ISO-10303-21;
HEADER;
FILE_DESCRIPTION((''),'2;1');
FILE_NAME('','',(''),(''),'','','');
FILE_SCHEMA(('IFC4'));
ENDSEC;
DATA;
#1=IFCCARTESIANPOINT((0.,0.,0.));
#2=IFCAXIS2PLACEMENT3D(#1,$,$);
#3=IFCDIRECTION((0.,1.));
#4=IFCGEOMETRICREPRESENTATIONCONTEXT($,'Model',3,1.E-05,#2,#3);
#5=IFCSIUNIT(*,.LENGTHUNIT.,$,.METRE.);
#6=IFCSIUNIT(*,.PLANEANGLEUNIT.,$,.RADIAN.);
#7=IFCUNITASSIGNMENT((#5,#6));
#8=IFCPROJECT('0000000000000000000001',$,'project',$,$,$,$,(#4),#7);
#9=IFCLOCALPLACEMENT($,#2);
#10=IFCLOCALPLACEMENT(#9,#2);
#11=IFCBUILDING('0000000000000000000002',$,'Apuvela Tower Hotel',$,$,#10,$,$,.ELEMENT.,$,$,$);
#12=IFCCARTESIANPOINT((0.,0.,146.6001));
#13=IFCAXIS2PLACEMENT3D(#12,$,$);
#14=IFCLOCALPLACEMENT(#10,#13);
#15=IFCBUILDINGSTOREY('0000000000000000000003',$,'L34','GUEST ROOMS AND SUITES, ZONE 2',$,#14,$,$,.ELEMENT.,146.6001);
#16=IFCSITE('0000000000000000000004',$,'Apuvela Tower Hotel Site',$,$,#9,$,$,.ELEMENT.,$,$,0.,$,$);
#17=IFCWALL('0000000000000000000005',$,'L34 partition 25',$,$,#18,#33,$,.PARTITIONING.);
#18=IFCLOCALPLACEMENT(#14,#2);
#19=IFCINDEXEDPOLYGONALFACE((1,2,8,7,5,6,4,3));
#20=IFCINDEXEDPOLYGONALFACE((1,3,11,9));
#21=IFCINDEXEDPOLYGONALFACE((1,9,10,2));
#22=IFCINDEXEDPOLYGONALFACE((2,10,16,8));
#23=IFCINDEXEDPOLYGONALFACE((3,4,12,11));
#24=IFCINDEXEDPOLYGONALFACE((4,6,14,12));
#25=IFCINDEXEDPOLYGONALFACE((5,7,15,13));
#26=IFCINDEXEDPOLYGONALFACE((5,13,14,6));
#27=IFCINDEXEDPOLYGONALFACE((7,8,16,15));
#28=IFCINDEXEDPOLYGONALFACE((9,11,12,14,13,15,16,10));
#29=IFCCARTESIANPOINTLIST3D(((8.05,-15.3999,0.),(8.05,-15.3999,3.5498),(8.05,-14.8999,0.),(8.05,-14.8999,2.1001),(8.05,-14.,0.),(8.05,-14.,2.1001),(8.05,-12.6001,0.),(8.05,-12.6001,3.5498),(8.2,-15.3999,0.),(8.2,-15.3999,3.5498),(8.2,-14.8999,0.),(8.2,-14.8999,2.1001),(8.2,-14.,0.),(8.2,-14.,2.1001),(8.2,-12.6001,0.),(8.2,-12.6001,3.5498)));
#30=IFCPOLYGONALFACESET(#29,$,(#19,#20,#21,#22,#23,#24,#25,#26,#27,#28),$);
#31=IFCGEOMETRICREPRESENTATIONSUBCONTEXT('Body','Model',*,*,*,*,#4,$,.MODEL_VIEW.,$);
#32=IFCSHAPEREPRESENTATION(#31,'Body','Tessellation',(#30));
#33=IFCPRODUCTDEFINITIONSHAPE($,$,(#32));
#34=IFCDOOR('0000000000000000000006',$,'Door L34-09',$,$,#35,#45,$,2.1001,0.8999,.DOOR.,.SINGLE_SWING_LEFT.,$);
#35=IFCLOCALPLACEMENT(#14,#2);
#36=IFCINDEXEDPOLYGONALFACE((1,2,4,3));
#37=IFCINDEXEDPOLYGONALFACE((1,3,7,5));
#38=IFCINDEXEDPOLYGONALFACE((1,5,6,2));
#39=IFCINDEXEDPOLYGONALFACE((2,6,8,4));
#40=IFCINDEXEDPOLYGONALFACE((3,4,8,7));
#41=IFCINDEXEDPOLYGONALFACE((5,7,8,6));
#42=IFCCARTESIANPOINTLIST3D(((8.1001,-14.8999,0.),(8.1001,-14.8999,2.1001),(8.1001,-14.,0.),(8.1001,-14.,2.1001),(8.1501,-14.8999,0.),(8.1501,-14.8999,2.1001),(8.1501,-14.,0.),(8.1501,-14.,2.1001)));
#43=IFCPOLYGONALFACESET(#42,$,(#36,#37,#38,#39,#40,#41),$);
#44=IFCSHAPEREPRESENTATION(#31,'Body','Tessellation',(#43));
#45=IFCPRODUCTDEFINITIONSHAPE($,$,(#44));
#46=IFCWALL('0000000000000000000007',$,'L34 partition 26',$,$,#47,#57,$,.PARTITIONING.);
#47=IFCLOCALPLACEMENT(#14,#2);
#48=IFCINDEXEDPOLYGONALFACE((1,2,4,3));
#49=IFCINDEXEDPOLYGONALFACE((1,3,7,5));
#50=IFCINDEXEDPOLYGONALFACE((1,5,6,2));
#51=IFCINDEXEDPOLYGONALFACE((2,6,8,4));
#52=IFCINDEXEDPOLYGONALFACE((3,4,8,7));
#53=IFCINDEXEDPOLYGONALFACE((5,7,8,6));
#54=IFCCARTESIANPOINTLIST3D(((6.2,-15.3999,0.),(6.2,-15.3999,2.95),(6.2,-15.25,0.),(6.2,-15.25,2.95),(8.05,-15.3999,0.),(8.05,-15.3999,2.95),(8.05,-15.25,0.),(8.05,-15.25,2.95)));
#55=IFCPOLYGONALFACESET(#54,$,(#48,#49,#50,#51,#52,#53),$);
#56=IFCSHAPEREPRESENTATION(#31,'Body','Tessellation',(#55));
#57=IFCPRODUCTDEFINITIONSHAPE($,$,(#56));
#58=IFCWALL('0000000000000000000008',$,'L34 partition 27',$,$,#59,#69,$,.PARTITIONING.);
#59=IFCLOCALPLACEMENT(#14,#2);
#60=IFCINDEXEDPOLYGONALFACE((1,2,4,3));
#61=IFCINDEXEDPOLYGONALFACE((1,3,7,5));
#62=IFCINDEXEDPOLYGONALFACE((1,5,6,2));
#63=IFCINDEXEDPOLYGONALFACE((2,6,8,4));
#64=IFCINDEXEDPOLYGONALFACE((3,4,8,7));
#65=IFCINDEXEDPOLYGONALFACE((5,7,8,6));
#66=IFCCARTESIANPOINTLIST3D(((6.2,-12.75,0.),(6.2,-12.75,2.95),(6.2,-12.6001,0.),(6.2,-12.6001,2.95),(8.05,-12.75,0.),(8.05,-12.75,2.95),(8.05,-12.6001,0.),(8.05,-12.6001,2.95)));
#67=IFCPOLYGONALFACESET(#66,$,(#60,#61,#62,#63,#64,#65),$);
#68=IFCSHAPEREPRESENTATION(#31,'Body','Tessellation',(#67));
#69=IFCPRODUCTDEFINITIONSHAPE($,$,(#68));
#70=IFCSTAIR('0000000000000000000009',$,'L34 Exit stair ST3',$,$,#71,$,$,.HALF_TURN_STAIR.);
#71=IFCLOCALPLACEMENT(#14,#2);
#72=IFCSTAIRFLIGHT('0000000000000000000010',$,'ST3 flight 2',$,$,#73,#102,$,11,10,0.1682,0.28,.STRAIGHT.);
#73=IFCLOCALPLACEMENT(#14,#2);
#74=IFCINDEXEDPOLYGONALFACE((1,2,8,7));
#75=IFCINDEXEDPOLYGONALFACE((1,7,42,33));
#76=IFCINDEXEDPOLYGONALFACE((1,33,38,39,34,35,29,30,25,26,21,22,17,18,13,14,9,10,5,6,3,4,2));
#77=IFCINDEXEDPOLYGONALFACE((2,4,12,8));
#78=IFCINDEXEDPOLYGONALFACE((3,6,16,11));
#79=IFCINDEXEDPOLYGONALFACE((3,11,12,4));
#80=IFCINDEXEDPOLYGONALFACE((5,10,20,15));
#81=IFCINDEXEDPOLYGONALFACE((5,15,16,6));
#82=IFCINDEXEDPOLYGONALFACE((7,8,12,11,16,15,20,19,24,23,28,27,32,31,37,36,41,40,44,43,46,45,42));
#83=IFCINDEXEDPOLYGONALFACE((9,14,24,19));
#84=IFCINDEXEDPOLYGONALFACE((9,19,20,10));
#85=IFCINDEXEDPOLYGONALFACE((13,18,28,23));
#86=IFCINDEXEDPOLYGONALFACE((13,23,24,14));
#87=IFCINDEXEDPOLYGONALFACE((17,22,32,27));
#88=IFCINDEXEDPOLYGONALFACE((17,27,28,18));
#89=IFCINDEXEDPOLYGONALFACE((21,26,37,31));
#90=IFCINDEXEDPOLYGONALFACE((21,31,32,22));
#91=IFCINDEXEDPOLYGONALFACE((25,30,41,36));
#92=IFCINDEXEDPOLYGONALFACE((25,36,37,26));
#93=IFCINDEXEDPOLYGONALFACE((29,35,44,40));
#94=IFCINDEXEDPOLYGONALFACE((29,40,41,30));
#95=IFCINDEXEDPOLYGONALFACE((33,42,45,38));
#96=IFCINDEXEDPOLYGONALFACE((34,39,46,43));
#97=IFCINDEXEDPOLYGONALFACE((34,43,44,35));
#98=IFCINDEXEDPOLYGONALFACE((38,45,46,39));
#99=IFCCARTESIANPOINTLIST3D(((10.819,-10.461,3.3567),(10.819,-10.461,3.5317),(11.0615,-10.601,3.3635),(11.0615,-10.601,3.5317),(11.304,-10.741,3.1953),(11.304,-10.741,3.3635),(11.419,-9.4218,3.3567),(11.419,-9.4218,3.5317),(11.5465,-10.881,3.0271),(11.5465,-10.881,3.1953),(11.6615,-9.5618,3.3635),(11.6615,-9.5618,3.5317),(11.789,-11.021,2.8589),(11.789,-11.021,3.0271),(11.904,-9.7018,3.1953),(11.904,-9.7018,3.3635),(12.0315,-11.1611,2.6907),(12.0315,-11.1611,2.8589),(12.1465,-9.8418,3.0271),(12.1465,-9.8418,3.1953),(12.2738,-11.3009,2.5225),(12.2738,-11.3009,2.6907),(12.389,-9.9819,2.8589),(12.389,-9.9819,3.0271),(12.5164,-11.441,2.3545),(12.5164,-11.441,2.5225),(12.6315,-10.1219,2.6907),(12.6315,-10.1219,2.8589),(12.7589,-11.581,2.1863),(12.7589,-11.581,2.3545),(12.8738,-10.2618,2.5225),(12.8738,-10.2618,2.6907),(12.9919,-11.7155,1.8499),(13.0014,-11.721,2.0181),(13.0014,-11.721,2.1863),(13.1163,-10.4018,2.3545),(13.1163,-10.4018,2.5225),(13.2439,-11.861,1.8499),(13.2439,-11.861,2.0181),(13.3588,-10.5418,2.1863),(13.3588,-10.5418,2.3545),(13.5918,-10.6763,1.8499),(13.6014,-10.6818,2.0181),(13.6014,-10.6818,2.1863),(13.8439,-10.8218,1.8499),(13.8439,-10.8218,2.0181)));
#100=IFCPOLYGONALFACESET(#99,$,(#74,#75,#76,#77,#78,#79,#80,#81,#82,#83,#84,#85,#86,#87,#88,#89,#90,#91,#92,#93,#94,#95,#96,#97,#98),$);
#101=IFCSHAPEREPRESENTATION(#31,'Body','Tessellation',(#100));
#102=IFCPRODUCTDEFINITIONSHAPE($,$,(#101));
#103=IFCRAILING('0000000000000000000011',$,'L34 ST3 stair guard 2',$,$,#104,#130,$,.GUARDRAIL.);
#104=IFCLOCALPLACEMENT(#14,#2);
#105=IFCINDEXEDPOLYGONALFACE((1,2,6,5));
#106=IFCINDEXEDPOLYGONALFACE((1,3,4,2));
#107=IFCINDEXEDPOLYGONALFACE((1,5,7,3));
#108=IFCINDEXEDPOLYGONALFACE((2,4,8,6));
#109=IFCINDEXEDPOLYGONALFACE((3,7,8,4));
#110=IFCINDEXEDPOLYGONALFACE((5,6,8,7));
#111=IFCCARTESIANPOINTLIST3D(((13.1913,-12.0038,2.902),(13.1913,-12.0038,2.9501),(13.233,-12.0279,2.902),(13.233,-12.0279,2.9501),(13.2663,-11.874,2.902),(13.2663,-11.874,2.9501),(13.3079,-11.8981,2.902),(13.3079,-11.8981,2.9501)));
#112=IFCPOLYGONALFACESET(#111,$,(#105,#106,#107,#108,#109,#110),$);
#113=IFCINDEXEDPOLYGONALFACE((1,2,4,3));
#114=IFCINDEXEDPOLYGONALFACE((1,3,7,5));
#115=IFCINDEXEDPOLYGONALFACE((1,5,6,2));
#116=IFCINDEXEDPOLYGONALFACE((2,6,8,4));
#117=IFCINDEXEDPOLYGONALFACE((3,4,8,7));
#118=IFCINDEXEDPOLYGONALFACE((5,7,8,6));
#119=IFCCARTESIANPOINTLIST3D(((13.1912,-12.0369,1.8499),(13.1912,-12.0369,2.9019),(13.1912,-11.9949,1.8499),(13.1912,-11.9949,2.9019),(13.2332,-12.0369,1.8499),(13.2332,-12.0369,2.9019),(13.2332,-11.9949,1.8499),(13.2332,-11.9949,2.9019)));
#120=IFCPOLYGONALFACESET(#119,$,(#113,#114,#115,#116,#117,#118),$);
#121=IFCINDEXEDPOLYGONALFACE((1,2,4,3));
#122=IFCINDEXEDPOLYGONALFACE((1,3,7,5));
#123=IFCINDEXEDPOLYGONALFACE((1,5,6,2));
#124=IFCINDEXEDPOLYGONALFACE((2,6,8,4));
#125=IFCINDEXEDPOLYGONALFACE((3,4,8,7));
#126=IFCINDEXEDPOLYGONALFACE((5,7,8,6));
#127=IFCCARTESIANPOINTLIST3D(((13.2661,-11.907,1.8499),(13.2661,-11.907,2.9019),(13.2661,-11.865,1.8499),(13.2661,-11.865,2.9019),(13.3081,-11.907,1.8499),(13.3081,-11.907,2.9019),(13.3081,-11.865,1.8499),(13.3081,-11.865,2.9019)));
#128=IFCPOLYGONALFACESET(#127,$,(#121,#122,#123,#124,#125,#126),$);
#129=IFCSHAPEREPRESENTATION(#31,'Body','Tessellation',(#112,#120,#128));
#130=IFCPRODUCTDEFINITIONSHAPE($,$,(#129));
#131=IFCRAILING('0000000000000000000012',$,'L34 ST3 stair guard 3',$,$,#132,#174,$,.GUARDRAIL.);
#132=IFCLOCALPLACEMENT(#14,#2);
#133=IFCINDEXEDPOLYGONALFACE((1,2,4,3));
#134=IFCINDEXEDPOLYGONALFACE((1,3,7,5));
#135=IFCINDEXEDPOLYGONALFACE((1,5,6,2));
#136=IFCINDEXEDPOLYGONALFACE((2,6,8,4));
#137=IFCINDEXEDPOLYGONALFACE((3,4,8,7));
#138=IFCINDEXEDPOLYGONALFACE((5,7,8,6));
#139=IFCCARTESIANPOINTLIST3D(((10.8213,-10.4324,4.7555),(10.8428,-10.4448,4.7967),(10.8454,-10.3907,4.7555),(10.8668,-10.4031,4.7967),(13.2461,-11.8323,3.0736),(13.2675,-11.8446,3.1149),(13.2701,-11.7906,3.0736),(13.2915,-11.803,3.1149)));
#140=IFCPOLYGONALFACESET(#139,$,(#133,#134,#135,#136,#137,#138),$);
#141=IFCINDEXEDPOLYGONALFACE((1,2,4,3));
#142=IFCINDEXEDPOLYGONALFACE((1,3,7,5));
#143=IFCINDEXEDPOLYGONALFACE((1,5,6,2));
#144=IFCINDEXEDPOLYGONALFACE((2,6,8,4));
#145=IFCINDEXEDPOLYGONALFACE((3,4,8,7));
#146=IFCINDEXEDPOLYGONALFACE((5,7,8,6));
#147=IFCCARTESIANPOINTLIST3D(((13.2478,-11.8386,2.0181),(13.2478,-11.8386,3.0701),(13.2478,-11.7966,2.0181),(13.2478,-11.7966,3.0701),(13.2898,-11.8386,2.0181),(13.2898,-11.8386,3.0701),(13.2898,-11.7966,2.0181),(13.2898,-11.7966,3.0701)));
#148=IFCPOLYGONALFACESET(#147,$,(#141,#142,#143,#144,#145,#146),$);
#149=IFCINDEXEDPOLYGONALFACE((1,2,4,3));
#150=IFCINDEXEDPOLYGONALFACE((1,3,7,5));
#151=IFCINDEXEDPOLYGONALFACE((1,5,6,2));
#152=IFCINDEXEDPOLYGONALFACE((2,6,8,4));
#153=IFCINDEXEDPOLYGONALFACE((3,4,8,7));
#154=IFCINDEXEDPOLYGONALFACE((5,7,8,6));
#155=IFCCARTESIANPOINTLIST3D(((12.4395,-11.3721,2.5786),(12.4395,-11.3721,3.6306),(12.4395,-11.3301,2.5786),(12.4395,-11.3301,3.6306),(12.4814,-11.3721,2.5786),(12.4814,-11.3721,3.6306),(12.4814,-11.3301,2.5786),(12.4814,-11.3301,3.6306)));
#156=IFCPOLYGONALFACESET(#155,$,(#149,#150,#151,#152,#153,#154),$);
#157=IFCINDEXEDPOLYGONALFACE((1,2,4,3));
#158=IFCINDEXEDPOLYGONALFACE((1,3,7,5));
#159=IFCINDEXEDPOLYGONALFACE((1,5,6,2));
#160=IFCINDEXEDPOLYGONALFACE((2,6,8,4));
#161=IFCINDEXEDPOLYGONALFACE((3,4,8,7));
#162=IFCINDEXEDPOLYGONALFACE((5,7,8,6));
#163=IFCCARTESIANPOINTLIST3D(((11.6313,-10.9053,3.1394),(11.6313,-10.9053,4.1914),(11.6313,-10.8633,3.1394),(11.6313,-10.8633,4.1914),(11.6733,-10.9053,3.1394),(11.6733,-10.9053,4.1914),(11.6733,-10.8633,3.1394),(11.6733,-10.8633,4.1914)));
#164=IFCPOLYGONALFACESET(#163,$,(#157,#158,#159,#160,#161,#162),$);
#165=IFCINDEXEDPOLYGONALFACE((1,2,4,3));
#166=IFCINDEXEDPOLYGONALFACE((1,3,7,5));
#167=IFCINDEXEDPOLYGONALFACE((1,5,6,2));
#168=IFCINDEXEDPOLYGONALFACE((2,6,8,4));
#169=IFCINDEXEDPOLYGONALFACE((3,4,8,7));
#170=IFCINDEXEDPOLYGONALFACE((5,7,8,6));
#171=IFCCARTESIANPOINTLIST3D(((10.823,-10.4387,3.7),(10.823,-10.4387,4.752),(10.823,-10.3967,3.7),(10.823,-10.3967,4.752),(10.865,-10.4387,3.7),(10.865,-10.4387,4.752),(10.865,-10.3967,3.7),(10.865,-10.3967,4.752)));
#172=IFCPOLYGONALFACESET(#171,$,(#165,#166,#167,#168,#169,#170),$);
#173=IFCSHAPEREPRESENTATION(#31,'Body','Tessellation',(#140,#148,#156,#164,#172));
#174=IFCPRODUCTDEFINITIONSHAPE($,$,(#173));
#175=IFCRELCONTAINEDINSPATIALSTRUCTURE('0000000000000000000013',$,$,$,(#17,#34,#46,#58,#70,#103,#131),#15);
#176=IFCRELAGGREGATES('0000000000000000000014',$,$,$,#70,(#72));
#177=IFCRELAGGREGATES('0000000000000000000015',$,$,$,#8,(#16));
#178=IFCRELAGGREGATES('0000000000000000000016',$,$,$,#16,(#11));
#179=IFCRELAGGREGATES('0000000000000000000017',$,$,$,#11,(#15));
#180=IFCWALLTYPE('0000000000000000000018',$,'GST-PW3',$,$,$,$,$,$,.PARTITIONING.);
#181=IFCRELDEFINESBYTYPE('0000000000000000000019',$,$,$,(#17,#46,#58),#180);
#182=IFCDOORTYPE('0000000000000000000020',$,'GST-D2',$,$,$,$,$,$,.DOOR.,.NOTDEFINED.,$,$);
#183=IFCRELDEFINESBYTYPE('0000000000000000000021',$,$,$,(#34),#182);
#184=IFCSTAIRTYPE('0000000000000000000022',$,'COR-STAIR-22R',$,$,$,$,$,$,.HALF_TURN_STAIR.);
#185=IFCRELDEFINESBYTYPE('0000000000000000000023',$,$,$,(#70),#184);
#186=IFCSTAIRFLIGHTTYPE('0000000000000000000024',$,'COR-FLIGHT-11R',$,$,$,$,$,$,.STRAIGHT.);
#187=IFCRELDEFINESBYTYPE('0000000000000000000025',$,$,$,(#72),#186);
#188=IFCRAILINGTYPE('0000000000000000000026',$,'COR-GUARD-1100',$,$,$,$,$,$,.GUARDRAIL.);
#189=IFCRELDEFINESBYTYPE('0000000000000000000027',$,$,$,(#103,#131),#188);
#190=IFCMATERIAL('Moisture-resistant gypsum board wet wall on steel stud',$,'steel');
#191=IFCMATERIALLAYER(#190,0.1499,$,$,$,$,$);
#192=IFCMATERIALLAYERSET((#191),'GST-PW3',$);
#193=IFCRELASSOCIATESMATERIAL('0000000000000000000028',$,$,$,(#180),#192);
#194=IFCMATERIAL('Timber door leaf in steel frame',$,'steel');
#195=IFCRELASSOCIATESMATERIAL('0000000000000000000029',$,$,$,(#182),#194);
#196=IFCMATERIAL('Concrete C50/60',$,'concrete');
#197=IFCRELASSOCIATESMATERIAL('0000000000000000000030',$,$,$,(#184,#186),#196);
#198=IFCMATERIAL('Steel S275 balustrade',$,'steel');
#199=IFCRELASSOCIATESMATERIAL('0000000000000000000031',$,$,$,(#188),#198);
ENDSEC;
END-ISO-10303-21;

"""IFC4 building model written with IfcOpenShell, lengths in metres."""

from ifc_helpers import new_model, si_unit, direction, frame, frame_2d, origin, origin_2d, place, context, subcontext, project, spatial, polyline, rectangle, outline, extrude, material, layer, layer_set, type_object, element, fill, aggregate, save


model = new_model("IFC4")

# Units and contexts
model_context = context("Model", 3, precision=1e-05, world=origin(), true_north=direction((0.0, 1.0)))
body_context = subcontext(model_context, "Body", "Model", "MODEL_VIEW")
ifc_project = project(units=[si_unit("LENGTHUNIT", "METRE"), si_unit("PLANEANGLEUNIT", "RADIAN")], contexts=[model_context])

# Site, building, storey
site_placement = place(None, origin())
site = spatial("IfcSite", under=ifc_project, at=site_placement, Name="Apuvela Tower Hotel Site", CompositionType="ELEMENT", RefElevation=0.0)
building_placement = place(site_placement, origin())
building = spatial("IfcBuilding", under=site, at=building_placement, Name="Apuvela Tower Hotel", CompositionType="ELEMENT")
storey_placement = place(building_placement, frame((0.0, 0.0, 146.6001)))
storey = spatial("IfcBuildingStorey", under=building, at=storey_placement, Name="L34", Description="GUEST ROOMS AND SUITES, ZONE 2", CompositionType="ELEMENT", Elevation=146.6001)

# Wall, opening, door
ifc_material_1 = material(Name="Moisture-resistant gypsum board wet wall on steel stud", Category="steel")
ifc_layer_1 = layer(ifc_material_1, 0.1499)
ifc_layer_set_1 = layer_set([ifc_layer_1], Name="GST-PW3")
wall_type_1 = type_object("IfcWallType", Name="GST-PW3", PredefinedType="PARTITIONING", material=ifc_layer_set_1)
wall_1_placement = place(storey_placement, frame((8.125, -15.3999, 0.0), z_axis=(0.0, 0.0, 1.0), x_axis=(0.0, 1.0, 0.0)))
wall_1 = element("IfcWall", 1, at=wall_1_placement, inside=storey, type_object=wall_type_1, Name="L34 partition 25", PredefinedType="PARTITIONING", context=body_context, shape_type="SweptSolid", body=[
    extrude(rectangle(XDim=2.7998, YDim=0.1499, at=frame_2d((1.3999, 0.0))), origin(), (0.0, 0.0, 1.0), 3.5498),
])
opening_1_placement = place(wall_1_placement, frame((0.5, 0.0, 0.0)))
opening_1 = element("IfcOpeningElement", 2, at=opening_1_placement, cuts=wall_1, PredefinedType="OPENING", context=body_context, shape_type="SweptSolid", body=[
    extrude(rectangle(XDim=0.8999, YDim=2.1001, at=frame_2d((0.45, 1.05))), frame((0.0, 0.085, 0.0), z_axis=(0.0, -1.0, 0.0), x_axis=(1.0, 0.0, 0.0)), (0.0, 0.0, 1.0), 0.1699),
])
ifc_material_2 = material(Name="Timber door leaf in steel frame", Category="steel")
door_type_1 = type_object("IfcDoorType", Name="GST-D2", OperationType="NOTDEFINED", PredefinedType="DOOR", material=ifc_material_2)
door_1_placement = place(opening_1_placement, origin())
door_1 = element("IfcDoor", 3, at=door_1_placement, inside=storey, type_object=door_type_1, Name="Door L34-09", OperationType="SINGLE_SWING_LEFT", OverallHeight=2.1001, OverallWidth=0.8999, PredefinedType="DOOR", context=body_context, shape_type="SweptSolid", body=[
    extrude(rectangle(XDim=0.8999, YDim=2.1001, at=frame_2d((0.45, 1.05))), frame((0.0, 0.0249, 0.0), z_axis=(0.0, -1.0, 0.0), x_axis=(1.0, 0.0, 0.0)), (0.0, 0.0, 1.0), 0.05),
])
fill(opening_1, door_1)

# Walls
for number, where, z_axis, x_axis, name in (
    (4, (6.2, -15.325, 0.0), (0.0, 0.0, 1.0), (1.0, 0.0, 0.0), "L34 partition 26"),
    (5, (6.2, -12.675, 0.0), (0.0, 0.0, 1.0), (1.0, 0.0, 0.0), "L34 partition 27"),
):
    element("IfcWall", number, at=place(storey_placement, frame(where, z_axis=z_axis, x_axis=x_axis)), inside=storey, type_object=wall_type_1, Name=name, PredefinedType="PARTITIONING", context=body_context, shape_type="SweptSolid", body=[
        extrude(rectangle(XDim=1.8501, YDim=0.1499, at=frame_2d((0.925, 0.0))), origin(), (0.0, 0.0, 1.0), 2.95),
    ])

# Stair, stair flight
ifc_material_3 = material(Name="Concrete C50/60", Category="concrete")
stair_type = type_object("IfcStairType", Name="COR-STAIR-22R", PredefinedType="HALF_TURN_STAIR", material=ifc_material_3)
stair_placement = place(storey_placement, origin())
stair = element("IfcStair", 6, at=stair_placement, inside=storey, type_object=stair_type, Name="L34 Exit stair ST3", PredefinedType="HALF_TURN_STAIR")
stair_flight_type = type_object("IfcStairFlightType", Name="COR-FLIGHT-11R", PredefinedType="STRAIGHT", material=ifc_material_3)
stair_flight_placement = place(storey_placement, frame((13.5439, -11.3413, 1.8499), z_axis=(0.0, 0.0, 1.0), x_axis=(-0.866025, 0.5, 0.0)))
stair_flight = element("IfcStairFlight", 7, at=stair_flight_placement, type_object=stair_flight_type, Name="ST3 flight 2", NumberOfRisers=11, NumberOfTreads=10, PredefinedType="STRAIGHT", RiserHeight=0.1682, TreadLength=0.28, context=body_context, shape_type="SweptSolid", body=[
    extrude(outline(polyline([(0.0, 0.0), (0.0, 0.1682), (0.28, 0.1682), (0.28, 0.3364), (0.5601, 0.3364), (0.5601, 0.5046), (0.8401, 0.5046), (0.8401, 0.6726), (1.1201, 0.6726), (1.1201, 0.8408), (1.3999, 0.8408), (1.3999, 1.009), (1.6799, 1.009), (1.6799, 1.1772), (1.96, 1.1772), (1.96, 1.3455), (2.24, 1.3455), (2.24, 1.5137), (2.52, 1.5137), (2.52, 1.6819), (2.8, 1.6819), (2.8, 1.8501), (2.8, 1.5068), (0.291, 0.0), (0.0, 0.0)])), frame((0.0, 0.6001, 0.0), z_axis=(0.0, -1.0, 0.0), x_axis=(1.0, 0.0, 0.0)), (0.0, 0.0, 1.0), 1.2),
])
aggregate(stair, [stair_flight])

# Railings
ifc_material_4 = material(Name="Steel S275 balustrade", Category="steel")
railing_type_1 = type_object("IfcRailingType", Name="COR-GUARD-1100", PredefinedType="GUARDRAIL", material=ifc_material_4)
railing_1_placement = place(storey_placement, frame((13.2122, -12.0159, 1.8499)))
element("IfcRailing", 8, at=railing_1_placement, inside=storey, type_object=railing_type_1, Name="L34 ST3 stair guard 2", PredefinedType="GUARDRAIL", context=body_context, shape_type="SweptSolid", body=[
    extrude(rectangle(XDim=0.0481, YDim=0.0481, at=origin_2d()), frame((0.0, 0.0, 1.0762), z_axis=(0.499816, 0.866131, 0.0), x_axis=(-0.866131, 0.499816, 0.0)), (0.0, 0.0, 1.0), 0.1499),
    extrude(rectangle(XDim=0.042, YDim=0.042, at=origin_2d()), origin(), (0.0, 0.0, 1.0), 1.052),
    extrude(rectangle(XDim=0.042, YDim=0.042, at=origin_2d()), frame((0.075, 0.1299, 0.0)), (0.0, 0.0, 1.0), 1.052),
])
railing_2_placement = place(storey_placement, frame((13.2688, -11.8176, 2.0181)))
element("IfcRailing", 9, at=railing_2_placement, inside=storey, type_object=railing_type_1, Name="L34 ST3 stair guard 3", PredefinedType="GUARDRAIL", context=body_context, shape_type="SweptSolid", body=[
    extrude(rectangle(XDim=0.0481, YDim=0.0481, at=origin_2d()), frame((0.0, 0.0, 1.0762), z_axis=(-0.74239, 0.428601, 0.514934), x_axis=(-0.499984, -0.866035, 0.0)), (0.0, 0.0, 1.0), 3.2661),
    extrude(rectangle(XDim=0.042, YDim=0.042, at=origin_2d()), origin(), (0.0, 0.0, 1.0), 1.052),
    extrude(rectangle(XDim=0.042, YDim=0.042, at=origin_2d()), frame((-0.8083, 0.4666, 0.5605)), (0.0, 0.0, 1.0), 1.052),
    extrude(rectangle(XDim=0.042, YDim=0.042, at=origin_2d()), frame((-1.6165, 0.9333, 1.1213)), (0.0, 0.0, 1.0), 1.052),
    extrude(rectangle(XDim=0.042, YDim=0.042, at=origin_2d()), frame((-2.4248, 1.3999, 1.6819)), (0.0, 0.0, 1.0), 1.052),
])

save(model, "model.ifc")
